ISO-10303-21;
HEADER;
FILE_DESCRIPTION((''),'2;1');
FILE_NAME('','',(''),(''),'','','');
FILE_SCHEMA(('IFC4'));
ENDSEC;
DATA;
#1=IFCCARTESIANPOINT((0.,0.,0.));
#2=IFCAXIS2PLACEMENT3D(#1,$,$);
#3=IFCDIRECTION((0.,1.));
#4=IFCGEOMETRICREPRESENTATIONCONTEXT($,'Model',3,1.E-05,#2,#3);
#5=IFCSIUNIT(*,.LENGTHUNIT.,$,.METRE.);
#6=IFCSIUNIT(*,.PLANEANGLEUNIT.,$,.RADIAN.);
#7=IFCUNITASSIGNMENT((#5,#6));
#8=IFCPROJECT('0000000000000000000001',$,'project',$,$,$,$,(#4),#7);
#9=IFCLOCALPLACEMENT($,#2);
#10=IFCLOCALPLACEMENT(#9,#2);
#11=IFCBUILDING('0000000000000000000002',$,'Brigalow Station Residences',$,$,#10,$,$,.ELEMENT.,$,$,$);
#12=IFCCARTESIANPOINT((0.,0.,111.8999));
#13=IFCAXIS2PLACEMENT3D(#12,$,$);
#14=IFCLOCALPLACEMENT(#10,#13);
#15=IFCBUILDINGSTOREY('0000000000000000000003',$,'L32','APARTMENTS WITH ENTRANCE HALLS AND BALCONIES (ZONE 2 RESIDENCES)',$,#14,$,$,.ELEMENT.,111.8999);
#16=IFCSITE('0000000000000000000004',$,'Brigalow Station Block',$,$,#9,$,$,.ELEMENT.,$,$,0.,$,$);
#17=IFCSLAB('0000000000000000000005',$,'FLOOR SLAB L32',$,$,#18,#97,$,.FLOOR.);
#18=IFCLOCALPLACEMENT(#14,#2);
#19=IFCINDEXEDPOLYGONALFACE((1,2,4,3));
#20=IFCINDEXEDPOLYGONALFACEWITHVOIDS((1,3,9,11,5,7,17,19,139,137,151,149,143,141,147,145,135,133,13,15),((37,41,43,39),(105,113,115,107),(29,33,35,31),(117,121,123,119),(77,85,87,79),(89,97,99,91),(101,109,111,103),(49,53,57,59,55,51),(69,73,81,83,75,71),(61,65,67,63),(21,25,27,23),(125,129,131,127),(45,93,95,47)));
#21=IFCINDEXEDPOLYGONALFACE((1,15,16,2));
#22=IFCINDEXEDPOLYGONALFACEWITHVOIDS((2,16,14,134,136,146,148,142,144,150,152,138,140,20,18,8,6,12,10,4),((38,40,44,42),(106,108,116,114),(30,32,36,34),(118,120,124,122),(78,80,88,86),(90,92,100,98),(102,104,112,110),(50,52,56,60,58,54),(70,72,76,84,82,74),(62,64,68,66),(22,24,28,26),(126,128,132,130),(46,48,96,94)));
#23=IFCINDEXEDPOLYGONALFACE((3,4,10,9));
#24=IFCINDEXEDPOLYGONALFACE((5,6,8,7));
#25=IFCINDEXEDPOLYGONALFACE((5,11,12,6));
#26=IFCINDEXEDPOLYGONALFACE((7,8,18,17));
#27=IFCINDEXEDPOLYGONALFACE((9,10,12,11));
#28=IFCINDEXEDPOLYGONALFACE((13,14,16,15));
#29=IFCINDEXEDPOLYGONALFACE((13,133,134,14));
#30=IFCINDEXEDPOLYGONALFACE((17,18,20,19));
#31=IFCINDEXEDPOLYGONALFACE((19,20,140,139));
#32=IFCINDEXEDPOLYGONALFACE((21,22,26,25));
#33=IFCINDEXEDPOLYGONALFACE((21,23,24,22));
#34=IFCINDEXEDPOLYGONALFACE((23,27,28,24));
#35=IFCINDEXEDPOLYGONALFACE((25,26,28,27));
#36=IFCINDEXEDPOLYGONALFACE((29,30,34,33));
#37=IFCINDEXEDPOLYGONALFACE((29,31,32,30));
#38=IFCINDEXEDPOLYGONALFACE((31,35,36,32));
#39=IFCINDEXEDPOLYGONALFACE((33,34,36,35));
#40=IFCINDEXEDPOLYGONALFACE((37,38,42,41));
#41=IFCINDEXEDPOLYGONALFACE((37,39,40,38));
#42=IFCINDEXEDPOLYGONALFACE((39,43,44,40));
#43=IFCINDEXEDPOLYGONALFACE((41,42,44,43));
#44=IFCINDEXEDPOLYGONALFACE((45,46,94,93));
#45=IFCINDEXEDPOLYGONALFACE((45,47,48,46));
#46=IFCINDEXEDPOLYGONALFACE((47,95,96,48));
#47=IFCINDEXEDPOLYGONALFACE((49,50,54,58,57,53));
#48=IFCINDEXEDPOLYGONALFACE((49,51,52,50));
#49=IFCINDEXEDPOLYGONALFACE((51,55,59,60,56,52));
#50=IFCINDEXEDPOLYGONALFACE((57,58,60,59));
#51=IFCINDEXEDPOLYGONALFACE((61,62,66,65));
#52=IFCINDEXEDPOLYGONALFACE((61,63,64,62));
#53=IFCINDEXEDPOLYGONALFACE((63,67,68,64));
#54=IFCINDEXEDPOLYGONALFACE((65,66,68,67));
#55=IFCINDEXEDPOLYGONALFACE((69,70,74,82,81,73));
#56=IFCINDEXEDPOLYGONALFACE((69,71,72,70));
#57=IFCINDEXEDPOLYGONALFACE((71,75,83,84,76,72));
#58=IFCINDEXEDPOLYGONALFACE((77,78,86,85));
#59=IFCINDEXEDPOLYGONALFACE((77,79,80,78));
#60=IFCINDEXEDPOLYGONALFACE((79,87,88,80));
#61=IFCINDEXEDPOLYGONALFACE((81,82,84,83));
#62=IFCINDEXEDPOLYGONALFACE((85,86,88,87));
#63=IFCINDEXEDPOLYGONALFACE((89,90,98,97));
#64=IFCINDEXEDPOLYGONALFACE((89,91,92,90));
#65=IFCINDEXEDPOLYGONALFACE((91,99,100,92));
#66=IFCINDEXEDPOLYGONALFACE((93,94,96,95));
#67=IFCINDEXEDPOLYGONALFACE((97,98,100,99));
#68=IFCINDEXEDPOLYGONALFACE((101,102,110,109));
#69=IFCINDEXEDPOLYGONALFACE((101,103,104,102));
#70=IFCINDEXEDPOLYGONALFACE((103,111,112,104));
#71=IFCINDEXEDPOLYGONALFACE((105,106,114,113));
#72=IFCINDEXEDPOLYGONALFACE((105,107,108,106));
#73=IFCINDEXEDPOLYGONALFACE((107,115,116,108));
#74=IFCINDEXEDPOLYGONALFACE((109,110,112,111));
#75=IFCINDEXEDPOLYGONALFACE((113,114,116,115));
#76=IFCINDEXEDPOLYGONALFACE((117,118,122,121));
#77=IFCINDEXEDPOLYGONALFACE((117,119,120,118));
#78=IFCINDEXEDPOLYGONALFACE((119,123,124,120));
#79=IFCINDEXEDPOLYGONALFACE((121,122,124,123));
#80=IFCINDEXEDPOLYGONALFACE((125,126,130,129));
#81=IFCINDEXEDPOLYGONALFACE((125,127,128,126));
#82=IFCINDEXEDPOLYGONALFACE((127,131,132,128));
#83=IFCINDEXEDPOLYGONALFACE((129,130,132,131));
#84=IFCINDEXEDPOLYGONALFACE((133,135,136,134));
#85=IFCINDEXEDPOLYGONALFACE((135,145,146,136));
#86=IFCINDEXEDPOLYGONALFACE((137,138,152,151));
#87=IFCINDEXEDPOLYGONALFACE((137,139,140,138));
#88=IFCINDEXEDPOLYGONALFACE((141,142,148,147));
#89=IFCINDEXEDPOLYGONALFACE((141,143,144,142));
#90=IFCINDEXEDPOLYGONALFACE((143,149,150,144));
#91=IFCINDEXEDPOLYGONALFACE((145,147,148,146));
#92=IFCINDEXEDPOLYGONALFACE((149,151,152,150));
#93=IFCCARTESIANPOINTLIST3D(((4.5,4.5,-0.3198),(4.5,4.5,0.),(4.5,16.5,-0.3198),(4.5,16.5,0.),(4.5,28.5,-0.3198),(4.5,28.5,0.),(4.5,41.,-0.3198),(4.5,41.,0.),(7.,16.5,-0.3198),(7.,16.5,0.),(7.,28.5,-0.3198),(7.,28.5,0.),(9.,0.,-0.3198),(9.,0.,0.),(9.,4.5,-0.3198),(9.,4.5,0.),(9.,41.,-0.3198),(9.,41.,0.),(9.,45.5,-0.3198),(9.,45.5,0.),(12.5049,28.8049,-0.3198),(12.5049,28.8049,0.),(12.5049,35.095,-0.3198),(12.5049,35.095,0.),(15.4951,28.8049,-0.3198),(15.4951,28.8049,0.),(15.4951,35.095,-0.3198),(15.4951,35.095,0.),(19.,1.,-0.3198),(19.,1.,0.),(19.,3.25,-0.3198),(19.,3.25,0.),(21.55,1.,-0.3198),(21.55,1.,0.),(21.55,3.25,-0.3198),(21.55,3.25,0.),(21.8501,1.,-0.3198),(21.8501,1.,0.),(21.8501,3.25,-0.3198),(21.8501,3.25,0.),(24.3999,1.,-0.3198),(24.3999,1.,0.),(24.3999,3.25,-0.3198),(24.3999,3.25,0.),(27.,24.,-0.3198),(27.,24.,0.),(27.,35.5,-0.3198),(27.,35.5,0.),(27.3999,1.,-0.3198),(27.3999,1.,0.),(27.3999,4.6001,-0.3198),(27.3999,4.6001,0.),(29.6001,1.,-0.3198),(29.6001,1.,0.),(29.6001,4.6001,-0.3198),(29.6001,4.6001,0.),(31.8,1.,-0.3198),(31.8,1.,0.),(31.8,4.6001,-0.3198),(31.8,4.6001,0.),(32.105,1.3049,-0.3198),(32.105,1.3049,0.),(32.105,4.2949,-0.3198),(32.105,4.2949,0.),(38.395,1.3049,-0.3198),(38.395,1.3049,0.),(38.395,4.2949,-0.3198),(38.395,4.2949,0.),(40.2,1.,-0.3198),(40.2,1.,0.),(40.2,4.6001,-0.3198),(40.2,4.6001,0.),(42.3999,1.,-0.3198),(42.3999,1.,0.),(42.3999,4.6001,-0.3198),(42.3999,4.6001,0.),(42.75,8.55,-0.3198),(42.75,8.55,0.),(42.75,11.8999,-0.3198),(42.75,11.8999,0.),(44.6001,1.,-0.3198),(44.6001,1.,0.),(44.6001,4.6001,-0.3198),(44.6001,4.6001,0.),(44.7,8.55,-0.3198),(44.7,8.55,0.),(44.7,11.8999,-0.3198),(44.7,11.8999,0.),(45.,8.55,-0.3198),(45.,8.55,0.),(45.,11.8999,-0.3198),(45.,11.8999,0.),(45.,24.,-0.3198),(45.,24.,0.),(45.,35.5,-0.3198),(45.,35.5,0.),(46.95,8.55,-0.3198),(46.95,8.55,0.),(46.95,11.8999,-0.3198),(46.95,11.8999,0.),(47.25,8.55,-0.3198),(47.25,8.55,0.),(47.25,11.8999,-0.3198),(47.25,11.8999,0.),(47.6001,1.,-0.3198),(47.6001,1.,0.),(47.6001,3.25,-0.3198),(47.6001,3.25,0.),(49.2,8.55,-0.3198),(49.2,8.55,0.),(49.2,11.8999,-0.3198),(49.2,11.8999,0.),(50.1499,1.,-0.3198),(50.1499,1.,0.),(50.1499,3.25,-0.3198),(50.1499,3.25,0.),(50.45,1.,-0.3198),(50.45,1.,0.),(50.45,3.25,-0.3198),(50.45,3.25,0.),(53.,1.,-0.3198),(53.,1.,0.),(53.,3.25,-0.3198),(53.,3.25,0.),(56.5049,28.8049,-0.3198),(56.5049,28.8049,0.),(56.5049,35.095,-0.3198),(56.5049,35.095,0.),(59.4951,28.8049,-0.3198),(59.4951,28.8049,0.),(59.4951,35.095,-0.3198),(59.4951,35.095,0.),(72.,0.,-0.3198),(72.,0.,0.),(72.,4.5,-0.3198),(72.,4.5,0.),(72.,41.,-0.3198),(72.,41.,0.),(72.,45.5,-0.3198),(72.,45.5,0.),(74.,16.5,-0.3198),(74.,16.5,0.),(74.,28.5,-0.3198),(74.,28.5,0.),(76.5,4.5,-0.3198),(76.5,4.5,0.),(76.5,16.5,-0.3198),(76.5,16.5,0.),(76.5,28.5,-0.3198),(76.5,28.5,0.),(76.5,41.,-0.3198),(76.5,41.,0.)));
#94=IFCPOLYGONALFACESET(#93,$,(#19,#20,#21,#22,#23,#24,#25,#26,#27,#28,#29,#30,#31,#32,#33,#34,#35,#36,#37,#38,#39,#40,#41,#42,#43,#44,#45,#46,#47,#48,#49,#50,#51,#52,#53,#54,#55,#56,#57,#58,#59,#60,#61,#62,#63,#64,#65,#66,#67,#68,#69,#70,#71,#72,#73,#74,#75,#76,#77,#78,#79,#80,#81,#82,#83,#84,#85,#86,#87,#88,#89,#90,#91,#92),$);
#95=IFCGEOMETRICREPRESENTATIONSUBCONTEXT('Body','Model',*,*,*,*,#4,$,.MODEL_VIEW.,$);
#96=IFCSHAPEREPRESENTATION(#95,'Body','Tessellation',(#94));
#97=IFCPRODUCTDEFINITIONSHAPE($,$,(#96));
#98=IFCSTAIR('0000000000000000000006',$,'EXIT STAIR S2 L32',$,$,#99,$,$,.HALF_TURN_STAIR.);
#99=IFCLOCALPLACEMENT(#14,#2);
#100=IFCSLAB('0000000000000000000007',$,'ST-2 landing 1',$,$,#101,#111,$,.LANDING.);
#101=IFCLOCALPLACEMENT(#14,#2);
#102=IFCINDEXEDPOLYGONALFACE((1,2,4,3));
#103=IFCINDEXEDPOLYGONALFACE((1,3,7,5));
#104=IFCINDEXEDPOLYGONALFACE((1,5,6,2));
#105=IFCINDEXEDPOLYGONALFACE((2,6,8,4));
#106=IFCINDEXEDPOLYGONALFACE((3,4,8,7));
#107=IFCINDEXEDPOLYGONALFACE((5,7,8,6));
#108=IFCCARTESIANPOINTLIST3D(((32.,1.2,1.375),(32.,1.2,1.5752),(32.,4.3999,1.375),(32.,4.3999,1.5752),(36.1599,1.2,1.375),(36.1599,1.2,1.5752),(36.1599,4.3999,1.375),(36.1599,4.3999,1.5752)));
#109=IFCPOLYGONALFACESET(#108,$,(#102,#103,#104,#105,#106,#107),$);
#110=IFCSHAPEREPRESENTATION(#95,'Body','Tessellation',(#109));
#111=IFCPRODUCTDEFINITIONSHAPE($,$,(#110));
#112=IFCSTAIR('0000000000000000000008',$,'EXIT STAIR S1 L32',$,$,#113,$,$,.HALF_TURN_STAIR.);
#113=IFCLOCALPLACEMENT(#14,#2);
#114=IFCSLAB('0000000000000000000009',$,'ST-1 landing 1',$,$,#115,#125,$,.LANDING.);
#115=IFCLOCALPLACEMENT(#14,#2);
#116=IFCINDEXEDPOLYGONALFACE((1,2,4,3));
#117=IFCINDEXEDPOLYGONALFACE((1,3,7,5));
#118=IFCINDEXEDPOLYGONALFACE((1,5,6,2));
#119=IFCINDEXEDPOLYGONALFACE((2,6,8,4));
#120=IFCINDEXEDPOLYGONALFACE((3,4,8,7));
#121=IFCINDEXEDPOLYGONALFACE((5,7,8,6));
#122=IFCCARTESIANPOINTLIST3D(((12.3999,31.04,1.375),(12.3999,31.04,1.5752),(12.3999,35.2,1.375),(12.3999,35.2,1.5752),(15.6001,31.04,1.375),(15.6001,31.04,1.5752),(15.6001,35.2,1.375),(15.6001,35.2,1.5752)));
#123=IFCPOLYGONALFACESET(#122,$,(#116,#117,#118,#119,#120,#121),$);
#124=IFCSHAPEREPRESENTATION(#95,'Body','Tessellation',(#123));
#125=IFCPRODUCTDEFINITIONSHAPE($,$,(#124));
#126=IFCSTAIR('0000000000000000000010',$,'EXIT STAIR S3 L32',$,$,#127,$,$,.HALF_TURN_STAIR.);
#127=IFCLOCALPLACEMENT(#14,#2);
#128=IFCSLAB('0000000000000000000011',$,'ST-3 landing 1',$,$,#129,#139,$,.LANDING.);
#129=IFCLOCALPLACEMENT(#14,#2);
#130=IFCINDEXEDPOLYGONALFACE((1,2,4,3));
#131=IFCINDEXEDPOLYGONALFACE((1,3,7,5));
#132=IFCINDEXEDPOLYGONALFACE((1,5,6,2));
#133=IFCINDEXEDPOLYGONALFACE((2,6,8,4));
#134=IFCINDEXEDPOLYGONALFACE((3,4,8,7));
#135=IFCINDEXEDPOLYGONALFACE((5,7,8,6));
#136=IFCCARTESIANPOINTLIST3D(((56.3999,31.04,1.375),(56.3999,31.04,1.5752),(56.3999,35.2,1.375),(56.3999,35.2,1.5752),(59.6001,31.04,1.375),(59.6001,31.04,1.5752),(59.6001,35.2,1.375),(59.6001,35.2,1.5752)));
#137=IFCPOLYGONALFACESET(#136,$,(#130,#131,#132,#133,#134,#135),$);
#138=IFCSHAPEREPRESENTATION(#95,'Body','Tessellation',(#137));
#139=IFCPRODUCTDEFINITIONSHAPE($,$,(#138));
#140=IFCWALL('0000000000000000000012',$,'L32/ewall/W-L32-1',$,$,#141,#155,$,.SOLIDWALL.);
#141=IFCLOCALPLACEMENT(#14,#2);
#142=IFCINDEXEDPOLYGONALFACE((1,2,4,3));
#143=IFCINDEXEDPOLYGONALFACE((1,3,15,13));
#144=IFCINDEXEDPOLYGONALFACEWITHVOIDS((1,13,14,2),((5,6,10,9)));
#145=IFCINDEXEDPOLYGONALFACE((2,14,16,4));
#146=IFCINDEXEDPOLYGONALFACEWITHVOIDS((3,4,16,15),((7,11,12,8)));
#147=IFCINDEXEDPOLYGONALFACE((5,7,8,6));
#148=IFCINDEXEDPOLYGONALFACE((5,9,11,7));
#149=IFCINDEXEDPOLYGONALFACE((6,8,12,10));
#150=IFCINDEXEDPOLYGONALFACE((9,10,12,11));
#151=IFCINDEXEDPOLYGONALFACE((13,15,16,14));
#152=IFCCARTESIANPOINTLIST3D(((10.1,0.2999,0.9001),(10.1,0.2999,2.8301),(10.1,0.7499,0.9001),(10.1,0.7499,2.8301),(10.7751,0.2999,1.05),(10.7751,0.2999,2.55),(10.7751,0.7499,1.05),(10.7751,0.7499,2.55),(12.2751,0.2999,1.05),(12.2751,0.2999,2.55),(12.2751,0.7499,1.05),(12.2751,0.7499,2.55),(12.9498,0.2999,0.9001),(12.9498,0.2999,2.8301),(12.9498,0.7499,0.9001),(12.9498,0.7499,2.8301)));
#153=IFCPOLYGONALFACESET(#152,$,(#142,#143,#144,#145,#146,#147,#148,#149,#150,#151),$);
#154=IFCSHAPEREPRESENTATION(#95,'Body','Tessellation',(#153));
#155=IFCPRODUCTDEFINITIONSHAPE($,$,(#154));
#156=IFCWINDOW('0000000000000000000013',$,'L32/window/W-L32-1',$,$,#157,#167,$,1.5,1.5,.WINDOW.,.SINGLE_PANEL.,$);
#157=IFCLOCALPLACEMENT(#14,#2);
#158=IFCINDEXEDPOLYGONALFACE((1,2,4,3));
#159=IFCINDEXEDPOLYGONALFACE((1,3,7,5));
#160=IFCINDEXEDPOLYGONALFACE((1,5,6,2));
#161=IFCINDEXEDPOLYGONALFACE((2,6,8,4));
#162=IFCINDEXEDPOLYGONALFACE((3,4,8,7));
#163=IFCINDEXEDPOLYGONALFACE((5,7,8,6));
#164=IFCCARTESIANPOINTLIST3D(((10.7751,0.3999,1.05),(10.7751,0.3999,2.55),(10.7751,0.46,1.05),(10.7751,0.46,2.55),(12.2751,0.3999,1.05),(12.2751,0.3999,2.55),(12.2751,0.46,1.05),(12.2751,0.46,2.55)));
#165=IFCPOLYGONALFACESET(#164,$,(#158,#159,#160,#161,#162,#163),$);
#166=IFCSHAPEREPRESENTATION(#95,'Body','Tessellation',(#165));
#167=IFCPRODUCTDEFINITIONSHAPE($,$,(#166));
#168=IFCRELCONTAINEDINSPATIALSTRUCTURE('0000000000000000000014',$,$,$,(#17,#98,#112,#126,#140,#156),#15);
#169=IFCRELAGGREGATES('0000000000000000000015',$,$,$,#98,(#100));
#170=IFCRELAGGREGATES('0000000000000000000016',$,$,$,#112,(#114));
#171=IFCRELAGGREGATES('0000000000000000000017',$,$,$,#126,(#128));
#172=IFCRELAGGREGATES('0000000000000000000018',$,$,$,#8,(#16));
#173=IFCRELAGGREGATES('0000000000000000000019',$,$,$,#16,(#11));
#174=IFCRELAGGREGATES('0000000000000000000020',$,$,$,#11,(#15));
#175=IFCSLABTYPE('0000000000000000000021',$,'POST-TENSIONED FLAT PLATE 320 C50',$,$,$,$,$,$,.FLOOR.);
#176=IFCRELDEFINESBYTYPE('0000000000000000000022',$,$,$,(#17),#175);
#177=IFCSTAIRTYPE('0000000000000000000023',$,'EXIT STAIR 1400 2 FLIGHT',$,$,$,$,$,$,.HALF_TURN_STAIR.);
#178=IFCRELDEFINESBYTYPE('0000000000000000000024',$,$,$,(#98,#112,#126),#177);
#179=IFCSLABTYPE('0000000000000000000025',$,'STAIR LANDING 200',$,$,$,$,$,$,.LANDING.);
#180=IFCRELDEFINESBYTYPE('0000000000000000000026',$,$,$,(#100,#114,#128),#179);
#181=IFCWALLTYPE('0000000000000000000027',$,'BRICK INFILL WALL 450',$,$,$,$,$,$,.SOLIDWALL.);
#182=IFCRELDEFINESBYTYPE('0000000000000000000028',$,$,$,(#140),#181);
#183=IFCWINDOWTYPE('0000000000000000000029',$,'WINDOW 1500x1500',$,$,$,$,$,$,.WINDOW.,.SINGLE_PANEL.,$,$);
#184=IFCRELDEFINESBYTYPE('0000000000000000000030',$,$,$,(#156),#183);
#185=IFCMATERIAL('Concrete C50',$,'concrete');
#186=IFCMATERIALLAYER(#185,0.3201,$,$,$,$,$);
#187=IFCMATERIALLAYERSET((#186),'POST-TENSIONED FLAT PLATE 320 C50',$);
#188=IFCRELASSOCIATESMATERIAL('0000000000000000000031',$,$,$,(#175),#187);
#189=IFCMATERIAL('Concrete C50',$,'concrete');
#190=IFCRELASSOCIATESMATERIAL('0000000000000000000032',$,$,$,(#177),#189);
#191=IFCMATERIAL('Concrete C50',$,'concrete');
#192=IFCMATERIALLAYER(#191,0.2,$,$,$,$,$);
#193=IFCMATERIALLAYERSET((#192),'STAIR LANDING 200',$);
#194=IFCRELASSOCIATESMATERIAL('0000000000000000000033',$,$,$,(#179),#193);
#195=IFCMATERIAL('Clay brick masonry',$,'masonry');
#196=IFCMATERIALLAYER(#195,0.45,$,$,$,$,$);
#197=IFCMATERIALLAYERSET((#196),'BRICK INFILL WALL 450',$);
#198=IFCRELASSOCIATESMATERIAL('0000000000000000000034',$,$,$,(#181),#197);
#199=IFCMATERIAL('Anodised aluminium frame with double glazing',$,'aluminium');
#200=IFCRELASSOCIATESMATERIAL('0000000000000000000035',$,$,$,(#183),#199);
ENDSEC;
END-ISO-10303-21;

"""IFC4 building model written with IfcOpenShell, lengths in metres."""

from ifc_helpers import new_model, si_unit, direction, frame, frame_2d, origin, place, context, subcontext, project, spatial, polyline, rectangle, outline, extrude, material, layer, layer_set, type_object, element, fill, aggregate, save


model = new_model("IFC4")

# Units and contexts
model_context = context("Model", 3, precision=1e-05, world=origin(), true_north=direction((0.0, 1.0)))
body_context = subcontext(model_context, "Body", "Model", "MODEL_VIEW")
ifc_project = project(units=[si_unit("LENGTHUNIT", "METRE"), si_unit("PLANEANGLEUNIT", "RADIAN")], contexts=[model_context])

# Site, building, storey
site_placement = place(None, origin())
site = spatial("IfcSite", under=ifc_project, at=site_placement, Name="Brigalow Station Block", CompositionType="ELEMENT", RefElevation=0.0)
building_placement = place(site_placement, origin())
building = spatial("IfcBuilding", under=site, at=building_placement, Name="Brigalow Station Residences", CompositionType="ELEMENT")
storey_placement = place(building_placement, frame((0.0, 0.0, 111.8999)))
storey = spatial("IfcBuildingStorey", under=building, at=storey_placement, Name="L32", Description="APARTMENTS WITH ENTRANCE HALLS AND BALCONIES (ZONE 2 RESIDENCES)", CompositionType="ELEMENT", Elevation=111.8999)

# Slab
ifc_material_1 = material(Name="Concrete C50", Category="concrete")
ifc_layer_1 = layer(ifc_material_1, 0.3201)
ifc_layer_set_1 = layer_set([ifc_layer_1], Name="POST-TENSIONED FLAT PLATE 320 C50")
slab_type_1 = type_object("IfcSlabType", Name="POST-TENSIONED FLAT PLATE 320 C50", PredefinedType="FLOOR", material=ifc_layer_set_1)
slab_1_placement = place(storey_placement, frame((0.0, 0.0, -0.3198)))
element("IfcSlab", 1, at=slab_1_placement, inside=storey, type_object=slab_type_1, Name="FLOOR SLAB L32", PredefinedType="FLOOR", context=body_context, shape_type="SweptSolid", body=[
    extrude(outline(polyline([(9.0, 0.0), (72.0, 0.0), (72.0, 4.5), (76.5, 4.5), (76.5, 16.5), (74.0, 16.5), (74.0, 28.5), (76.5, 28.5), (76.5, 41.0), (72.0, 41.0), (72.0, 45.5), (9.0, 45.5), (9.0, 41.0), (4.5, 41.0), (4.5, 28.5), (7.0, 28.5), (7.0, 16.5), (4.5, 16.5), (4.5, 4.5), (9.0, 4.5), (9.0, 0.0)]), holes=[polyline([(12.5049, 35.095), (15.4951, 35.095), (15.4951, 28.8049), (12.5049, 28.8049), (12.5049, 35.095)]), polyline([(19.0, 1.0), (19.0, 3.25), (21.55, 3.25), (21.55, 1.0), (19.0, 1.0)]), polyline([(21.8501, 3.25), (24.3999, 3.25), (24.3999, 1.0), (21.8501, 1.0), (21.8501, 3.25)]), polyline([(27.0, 35.5), (45.0, 35.5), (45.0, 24.0), (27.0, 24.0), (27.0, 35.5)]), polyline([(29.6001, 4.6001), (31.8, 4.6001), (31.8, 1.0), (29.6001, 1.0), (27.3999, 1.0), (27.3999, 4.6001), (29.6001, 4.6001)]), polyline([(32.105, 4.2949), (38.395, 4.2949), (38.395, 1.3049), (32.105, 1.3049), (32.105, 4.2949)]), polyline([(40.2, 4.6001), (42.3999, 4.6001), (44.6001, 4.6001), (44.6001, 1.0), (42.3999, 1.0), (40.2, 1.0), (40.2, 4.6001)]), polyline([(42.75, 11.8999), (44.7, 11.8999), (44.7, 8.55), (42.75, 8.55), (42.75, 11.8999)]), polyline([(45.0, 11.8999), (46.95, 11.8999), (46.95, 8.55), (45.0, 8.55), (45.0, 11.8999)]), polyline([(47.25, 11.8999), (49.2, 11.8999), (49.2, 8.55), (47.25, 8.55), (47.25, 11.8999)]), polyline([(47.6001, 3.25), (50.1499, 3.25), (50.1499, 1.0), (47.6001, 1.0), (47.6001, 3.25)]), polyline([(50.45, 3.25), (53.0, 3.25), (53.0, 1.0), (50.45, 1.0), (50.45, 3.25)]), polyline([(56.5049, 35.095), (59.4951, 35.095), (59.4951, 28.8049), (56.5049, 28.8049), (56.5049, 35.095)])]), origin(), (0.0, 0.0, 1.0), 0.3198),
])

# Stairs, slabs
ifc_material_2 = material(Name="Concrete C50", Category="concrete")
stair_type = type_object("IfcStairType", Name="EXIT STAIR 1400 2 FLIGHT", PredefinedType="HALF_TURN_STAIR", material=ifc_material_2)
stair_1_placement = place(storey_placement, origin())
stair_1 = element("IfcStair", 2, at=stair_1_placement, inside=storey, type_object=stair_type, Name="EXIT STAIR S2 L32", PredefinedType="HALF_TURN_STAIR")
ifc_material_3 = material(Name="Concrete C50", Category="concrete")
ifc_layer_2 = layer(ifc_material_3, 0.2)
ifc_layer_set_2 = layer_set([ifc_layer_2], Name="STAIR LANDING 200")
slab_type_2 = type_object("IfcSlabType", Name="STAIR LANDING 200", PredefinedType="LANDING", material=ifc_layer_set_2)
slab_2_placement = place(storey_placement, frame((0.0, 0.0, 1.375)))
slab_2 = element("IfcSlab", 3, at=slab_2_placement, type_object=slab_type_2, Name="ST-2 landing 1", PredefinedType="LANDING", context=body_context, shape_type="SweptSolid", body=[
    extrude(outline(polyline([(32.0, 1.2), (36.1599, 1.2), (36.1599, 4.3999), (32.0, 4.3999), (32.0, 1.2)])), origin(), (0.0, 0.0, 1.0), 0.2002),
])
aggregate(stair_1, [slab_2])
stair_2_placement = place(storey_placement, origin())
stair_2 = element("IfcStair", 4, at=stair_2_placement, inside=storey, type_object=stair_type, Name="EXIT STAIR S1 L32", PredefinedType="HALF_TURN_STAIR")
slab_3_placement = place(storey_placement, frame((0.0, 0.0, 1.375)))
slab_3 = element("IfcSlab", 5, at=slab_3_placement, type_object=slab_type_2, Name="ST-1 landing 1", PredefinedType="LANDING", context=body_context, shape_type="SweptSolid", body=[
    extrude(outline(polyline([(12.3999, 31.04), (15.6001, 31.04), (15.6001, 35.2), (12.3999, 35.2), (12.3999, 31.04)])), origin(), (0.0, 0.0, 1.0), 0.2002),
])
aggregate(stair_2, [slab_3])
stair_3_placement = place(storey_placement, origin())
stair_3 = element("IfcStair", 6, at=stair_3_placement, inside=storey, type_object=stair_type, Name="EXIT STAIR S3 L32", PredefinedType="HALF_TURN_STAIR")
slab_4_placement = place(storey_placement, frame((0.0, 0.0, 1.375)))
slab_4 = element("IfcSlab", 7, at=slab_4_placement, type_object=slab_type_2, Name="ST-3 landing 1", PredefinedType="LANDING", context=body_context, shape_type="SweptSolid", body=[
    extrude(outline(polyline([(56.3999, 31.04), (59.6001, 31.04), (59.6001, 35.2), (56.3999, 35.2), (56.3999, 31.04)])), origin(), (0.0, 0.0, 1.0), 0.2002),
])
aggregate(stair_3, [slab_4])

# Wall, opening, window
ifc_material_4 = material(Name="Clay brick masonry", Category="masonry")
ifc_layer_3 = layer(ifc_material_4, 0.45)
ifc_layer_set_3 = layer_set([ifc_layer_3], Name="BRICK INFILL WALL 450")
wall_type_1 = type_object("IfcWallType", Name="BRICK INFILL WALL 450", PredefinedType="SOLIDWALL", material=ifc_layer_set_3)
wall_1_placement = place(storey_placement, frame((10.1001, 0.5249, 0.9001), z_axis=(0.0, 0.0, 1.0), x_axis=(1.0, 0.0, 0.0)))
wall_1 = element("IfcWall", 8, at=wall_1_placement, inside=storey, type_object=wall_type_1, Name="L32/ewall/W-L32-1", PredefinedType="SOLIDWALL", context=body_context, shape_type="SweptSolid", body=[
    extrude(rectangle(XDim=2.8499, YDim=0.45, at=frame_2d((1.4248, 0.0))), origin(), (0.0, 0.0, 1.0), 1.9299),
])
opening_1_placement = place(wall_1_placement, frame((0.675, 0.0, 0.1499)))
opening_1 = element("IfcOpeningElement", 9, at=opening_1_placement, cuts=wall_1, PredefinedType="OPENING", context=body_context, shape_type="SweptSolid", body=[
    extrude(rectangle(XDim=1.5, YDim=1.5, at=frame_2d((0.75, 0.75))), frame((0.0, 0.2349, 0.0), z_axis=(0.0, -1.0, 0.0), x_axis=(1.0, 0.0, 0.0)), (0.0, 0.0, 1.0), 0.47),
])
ifc_material_5 = material(Name="Anodised aluminium frame with double glazing", Category="aluminium")
window_type_1 = type_object("IfcWindowType", Name="WINDOW 1500x1500", PartitioningType="SINGLE_PANEL", PredefinedType="WINDOW", material=ifc_material_5)
window_1_placement = place(opening_1_placement, origin())
window_1 = element("IfcWindow", 10, at=window_1_placement, inside=storey, type_object=window_type_1, Name="L32/window/W-L32-1", OverallHeight=1.5, OverallWidth=1.5, PartitioningType="SINGLE_PANEL", PredefinedType="WINDOW", context=body_context, shape_type="SweptSolid", body=[
    extrude(rectangle(XDim=1.5, YDim=1.5, at=frame_2d((0.75, 0.75))), frame((0.0, -0.0649, 0.0), z_axis=(0.0, -1.0, 0.0), x_axis=(1.0, 0.0, 0.0)), (0.0, 0.0, 1.0), 0.0601),
])
fill(opening_1, window_1)

save(model, "model.ifc")
